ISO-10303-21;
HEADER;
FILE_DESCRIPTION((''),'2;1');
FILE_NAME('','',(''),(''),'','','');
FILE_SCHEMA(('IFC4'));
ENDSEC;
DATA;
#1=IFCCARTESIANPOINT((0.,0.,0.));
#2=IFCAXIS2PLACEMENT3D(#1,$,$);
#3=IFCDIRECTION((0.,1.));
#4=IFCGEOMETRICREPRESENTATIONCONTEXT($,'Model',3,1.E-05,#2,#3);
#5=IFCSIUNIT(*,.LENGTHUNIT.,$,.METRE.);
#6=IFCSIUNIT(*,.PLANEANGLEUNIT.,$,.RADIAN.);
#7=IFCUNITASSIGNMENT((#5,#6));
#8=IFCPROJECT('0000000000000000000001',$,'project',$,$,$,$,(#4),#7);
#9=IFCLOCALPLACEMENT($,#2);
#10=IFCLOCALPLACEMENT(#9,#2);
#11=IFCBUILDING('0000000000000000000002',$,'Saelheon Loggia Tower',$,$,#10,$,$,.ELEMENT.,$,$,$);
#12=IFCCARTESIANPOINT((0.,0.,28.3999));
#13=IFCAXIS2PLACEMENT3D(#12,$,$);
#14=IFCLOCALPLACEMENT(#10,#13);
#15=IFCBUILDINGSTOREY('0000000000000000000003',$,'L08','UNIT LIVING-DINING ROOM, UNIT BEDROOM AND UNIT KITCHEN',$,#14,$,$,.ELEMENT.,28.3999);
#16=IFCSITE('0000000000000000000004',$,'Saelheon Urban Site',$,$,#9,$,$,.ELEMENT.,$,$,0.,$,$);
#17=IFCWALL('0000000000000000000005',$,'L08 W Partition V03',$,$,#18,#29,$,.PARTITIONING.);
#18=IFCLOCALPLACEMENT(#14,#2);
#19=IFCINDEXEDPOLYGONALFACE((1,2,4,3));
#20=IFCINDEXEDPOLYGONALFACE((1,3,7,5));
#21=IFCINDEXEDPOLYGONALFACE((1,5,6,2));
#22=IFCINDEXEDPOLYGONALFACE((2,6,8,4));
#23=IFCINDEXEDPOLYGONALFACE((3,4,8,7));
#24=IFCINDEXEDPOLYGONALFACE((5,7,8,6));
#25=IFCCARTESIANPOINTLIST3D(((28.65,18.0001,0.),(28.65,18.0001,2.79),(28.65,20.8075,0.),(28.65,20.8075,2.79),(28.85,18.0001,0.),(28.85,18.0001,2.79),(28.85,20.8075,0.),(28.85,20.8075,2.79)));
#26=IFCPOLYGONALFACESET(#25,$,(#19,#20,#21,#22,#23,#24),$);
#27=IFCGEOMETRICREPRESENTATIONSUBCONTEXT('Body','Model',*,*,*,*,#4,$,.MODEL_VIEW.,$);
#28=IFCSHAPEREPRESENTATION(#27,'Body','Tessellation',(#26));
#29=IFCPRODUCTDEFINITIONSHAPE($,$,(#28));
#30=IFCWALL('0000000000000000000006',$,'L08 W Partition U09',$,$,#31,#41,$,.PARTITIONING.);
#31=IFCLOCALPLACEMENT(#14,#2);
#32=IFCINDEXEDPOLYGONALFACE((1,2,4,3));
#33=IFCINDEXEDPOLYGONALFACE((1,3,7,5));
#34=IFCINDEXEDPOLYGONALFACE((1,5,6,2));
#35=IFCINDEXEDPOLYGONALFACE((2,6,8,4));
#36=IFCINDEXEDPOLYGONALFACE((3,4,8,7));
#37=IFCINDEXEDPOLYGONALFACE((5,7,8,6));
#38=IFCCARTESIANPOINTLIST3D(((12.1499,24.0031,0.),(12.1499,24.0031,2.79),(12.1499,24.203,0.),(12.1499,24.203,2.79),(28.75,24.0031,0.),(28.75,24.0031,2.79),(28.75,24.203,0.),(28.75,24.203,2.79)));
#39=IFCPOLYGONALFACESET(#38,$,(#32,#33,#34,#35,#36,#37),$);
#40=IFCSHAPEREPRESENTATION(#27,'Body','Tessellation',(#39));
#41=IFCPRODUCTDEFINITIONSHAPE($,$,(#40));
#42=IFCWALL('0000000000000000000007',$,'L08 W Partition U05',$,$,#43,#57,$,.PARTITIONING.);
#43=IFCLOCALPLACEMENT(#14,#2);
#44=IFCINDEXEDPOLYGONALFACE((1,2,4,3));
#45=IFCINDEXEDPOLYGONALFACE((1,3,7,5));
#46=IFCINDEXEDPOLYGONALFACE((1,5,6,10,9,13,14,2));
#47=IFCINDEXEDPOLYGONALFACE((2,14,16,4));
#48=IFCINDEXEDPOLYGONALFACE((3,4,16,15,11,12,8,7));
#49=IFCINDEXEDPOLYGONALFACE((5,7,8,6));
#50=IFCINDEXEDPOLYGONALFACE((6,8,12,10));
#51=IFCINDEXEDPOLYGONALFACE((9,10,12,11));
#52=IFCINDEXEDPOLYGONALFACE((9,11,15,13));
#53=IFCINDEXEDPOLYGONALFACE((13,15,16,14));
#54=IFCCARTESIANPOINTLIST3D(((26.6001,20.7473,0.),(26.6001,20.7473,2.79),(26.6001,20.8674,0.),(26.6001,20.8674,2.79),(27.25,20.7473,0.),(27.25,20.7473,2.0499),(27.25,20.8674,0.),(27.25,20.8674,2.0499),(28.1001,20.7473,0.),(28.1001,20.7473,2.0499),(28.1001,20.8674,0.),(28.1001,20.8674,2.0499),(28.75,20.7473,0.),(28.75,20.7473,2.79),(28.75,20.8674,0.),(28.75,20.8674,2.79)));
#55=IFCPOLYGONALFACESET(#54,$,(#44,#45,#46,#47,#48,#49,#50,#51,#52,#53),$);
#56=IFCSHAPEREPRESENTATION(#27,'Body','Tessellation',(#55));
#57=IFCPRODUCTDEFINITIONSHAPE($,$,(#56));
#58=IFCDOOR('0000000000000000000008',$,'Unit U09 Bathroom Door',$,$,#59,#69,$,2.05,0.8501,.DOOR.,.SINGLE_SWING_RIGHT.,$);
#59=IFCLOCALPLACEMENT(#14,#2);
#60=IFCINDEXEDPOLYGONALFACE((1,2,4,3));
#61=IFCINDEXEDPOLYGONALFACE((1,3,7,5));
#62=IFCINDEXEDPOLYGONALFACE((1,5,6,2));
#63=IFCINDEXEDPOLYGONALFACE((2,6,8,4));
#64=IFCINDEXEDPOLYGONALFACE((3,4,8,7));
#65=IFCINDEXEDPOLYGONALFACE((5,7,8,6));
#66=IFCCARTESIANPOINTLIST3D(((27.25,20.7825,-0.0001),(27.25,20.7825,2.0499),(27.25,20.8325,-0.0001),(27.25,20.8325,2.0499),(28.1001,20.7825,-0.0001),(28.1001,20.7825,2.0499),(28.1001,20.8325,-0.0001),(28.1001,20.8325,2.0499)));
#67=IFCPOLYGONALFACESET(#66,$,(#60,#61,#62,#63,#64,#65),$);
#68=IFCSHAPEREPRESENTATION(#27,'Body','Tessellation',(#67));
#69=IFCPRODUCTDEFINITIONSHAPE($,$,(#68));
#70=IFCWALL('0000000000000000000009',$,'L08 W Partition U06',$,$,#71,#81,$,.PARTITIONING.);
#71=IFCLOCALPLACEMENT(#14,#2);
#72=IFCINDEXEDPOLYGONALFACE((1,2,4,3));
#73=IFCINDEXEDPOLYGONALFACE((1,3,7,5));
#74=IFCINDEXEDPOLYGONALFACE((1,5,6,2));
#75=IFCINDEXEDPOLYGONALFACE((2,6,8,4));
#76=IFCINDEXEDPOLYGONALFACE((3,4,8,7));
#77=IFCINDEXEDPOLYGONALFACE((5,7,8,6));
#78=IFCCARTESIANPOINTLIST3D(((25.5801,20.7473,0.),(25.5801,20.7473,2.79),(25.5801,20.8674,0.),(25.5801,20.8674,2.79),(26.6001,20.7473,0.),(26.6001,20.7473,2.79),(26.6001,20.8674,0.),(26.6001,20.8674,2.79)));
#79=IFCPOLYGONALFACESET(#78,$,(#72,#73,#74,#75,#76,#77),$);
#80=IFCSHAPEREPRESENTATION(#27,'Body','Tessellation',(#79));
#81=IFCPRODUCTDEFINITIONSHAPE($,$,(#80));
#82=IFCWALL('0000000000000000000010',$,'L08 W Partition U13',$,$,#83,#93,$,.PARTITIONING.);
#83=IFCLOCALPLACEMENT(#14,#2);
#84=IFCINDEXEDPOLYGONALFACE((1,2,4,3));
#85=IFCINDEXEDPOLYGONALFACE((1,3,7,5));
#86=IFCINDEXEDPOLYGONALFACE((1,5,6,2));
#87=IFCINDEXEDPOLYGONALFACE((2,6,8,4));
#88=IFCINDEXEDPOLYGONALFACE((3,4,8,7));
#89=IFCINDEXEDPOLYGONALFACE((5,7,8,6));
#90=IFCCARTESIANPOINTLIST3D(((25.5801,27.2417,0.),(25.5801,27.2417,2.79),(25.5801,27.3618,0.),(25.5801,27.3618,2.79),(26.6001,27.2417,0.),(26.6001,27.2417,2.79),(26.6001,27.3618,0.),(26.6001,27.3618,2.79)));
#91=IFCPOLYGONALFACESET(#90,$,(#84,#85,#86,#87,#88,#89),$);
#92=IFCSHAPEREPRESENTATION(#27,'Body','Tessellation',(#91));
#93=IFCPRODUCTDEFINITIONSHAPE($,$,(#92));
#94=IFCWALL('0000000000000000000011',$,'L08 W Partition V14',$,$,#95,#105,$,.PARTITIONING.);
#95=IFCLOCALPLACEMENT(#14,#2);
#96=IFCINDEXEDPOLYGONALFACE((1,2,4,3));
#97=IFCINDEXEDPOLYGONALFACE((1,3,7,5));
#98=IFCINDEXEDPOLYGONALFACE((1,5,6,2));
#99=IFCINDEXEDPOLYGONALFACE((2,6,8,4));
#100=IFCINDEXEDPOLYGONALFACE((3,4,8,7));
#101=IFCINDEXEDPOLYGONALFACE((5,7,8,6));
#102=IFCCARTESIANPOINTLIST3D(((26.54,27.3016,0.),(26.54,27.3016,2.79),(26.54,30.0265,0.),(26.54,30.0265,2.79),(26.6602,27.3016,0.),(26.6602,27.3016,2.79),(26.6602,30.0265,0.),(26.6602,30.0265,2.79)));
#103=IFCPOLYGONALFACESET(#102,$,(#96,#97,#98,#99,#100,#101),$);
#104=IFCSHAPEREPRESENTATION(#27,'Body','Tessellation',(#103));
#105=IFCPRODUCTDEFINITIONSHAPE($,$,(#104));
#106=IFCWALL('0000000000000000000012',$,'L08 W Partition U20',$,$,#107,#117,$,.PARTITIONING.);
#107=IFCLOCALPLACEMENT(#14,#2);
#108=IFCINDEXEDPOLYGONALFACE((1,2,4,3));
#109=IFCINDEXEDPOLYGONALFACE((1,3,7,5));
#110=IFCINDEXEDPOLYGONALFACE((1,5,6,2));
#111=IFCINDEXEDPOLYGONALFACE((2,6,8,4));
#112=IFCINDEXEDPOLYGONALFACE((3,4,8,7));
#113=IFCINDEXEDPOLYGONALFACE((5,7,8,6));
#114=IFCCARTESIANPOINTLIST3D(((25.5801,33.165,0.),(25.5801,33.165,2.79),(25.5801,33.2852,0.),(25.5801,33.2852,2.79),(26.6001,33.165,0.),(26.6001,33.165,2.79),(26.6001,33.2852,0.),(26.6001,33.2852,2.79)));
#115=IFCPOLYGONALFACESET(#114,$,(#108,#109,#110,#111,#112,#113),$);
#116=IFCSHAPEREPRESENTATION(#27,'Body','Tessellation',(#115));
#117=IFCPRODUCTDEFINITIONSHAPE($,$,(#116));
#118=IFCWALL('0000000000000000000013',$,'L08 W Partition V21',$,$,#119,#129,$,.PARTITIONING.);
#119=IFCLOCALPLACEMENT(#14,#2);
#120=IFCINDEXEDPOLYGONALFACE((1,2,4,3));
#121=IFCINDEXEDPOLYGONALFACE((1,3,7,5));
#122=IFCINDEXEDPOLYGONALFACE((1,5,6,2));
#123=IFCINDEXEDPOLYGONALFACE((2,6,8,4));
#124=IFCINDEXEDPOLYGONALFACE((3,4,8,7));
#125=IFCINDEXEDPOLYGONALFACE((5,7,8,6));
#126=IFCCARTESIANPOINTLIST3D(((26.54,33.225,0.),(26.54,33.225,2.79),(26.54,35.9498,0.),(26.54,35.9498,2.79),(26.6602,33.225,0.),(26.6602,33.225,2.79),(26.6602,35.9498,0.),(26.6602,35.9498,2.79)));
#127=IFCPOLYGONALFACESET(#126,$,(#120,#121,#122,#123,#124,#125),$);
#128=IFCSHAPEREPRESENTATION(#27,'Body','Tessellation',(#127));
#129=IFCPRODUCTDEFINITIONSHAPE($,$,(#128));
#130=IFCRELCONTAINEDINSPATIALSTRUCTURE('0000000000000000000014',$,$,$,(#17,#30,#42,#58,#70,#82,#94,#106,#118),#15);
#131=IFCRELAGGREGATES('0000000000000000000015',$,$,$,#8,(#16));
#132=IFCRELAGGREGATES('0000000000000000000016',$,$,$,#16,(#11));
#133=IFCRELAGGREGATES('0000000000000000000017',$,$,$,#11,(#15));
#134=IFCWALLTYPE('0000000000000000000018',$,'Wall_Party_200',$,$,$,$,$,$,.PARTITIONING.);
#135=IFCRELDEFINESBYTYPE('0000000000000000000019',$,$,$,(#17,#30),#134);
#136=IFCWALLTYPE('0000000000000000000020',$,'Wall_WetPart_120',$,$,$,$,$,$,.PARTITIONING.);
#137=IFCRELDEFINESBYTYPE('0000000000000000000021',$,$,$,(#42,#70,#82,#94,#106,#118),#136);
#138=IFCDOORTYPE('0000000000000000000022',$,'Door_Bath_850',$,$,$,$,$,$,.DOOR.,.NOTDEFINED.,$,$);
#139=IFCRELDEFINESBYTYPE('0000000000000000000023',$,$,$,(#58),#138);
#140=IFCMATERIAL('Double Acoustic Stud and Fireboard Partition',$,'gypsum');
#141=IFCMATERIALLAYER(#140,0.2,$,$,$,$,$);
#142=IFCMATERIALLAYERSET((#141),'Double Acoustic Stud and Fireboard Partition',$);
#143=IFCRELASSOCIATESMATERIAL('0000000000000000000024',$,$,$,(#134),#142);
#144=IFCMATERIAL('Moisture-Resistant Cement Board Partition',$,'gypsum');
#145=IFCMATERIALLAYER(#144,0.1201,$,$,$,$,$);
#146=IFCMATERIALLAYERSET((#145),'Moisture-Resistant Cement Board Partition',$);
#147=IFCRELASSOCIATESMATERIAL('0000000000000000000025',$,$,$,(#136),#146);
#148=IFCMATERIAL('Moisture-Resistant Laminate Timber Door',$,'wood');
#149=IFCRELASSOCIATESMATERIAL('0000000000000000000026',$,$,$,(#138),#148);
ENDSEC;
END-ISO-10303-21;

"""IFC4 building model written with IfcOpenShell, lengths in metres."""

from ifc_helpers import new_model, si_unit, direction, frame, frame_2d, origin, place, context, subcontext, project, spatial, rectangle, extrude, source, transform, mapped, material, layer, layer_set, type_object, element, fill, save


model = new_model("IFC4")

# Units and contexts
model_context = context("Model", 3, precision=1e-05, world=origin(), true_north=direction((0.0, 1.0)))
body_context = subcontext(model_context, "Body", "Model", "MODEL_VIEW")
ifc_project = project(units=[si_unit("LENGTHUNIT", "METRE"), si_unit("PLANEANGLEUNIT", "RADIAN")], contexts=[model_context])

# Site, building, storey
site_placement = place(None, origin())
site = spatial("IfcSite", under=ifc_project, at=site_placement, Name="Saelheon Urban Site", CompositionType="ELEMENT", RefElevation=0.0)
building_placement = place(site_placement, origin())
building = spatial("IfcBuilding", under=site, at=building_placement, Name="Saelheon Loggia Tower", CompositionType="ELEMENT")
storey_placement = place(building_placement, frame((0.0, 0.0, 28.3999)))
storey = spatial("IfcBuildingStorey", under=building, at=storey_placement, Name="L08", Description="UNIT LIVING-DINING ROOM, UNIT BEDROOM AND UNIT KITCHEN", CompositionType="ELEMENT", Elevation=28.3999)

# Wall
ifc_material_1 = material(Name="Double Acoustic Stud and Fireboard Partition", Category="gypsum")
ifc_layer_1 = layer(ifc_material_1, 0.2)
ifc_layer_set_1 = layer_set([ifc_layer_1], Name="Double Acoustic Stud and Fireboard Partition")
wall_type_1 = type_object("IfcWallType", Name="Wall_Party_200", PredefinedType="PARTITIONING", material=ifc_layer_set_1)
wall_1_placement = place(storey_placement, frame((28.75, 18.0, 0.0), z_axis=(0.0, 0.0, 1.0), x_axis=(0.0, 1.0, 0.0)))
element("IfcWall", 1, at=wall_1_placement, inside=storey, type_object=wall_type_1, Name="L08 W Partition V03", PredefinedType="PARTITIONING", context=body_context, shape_type="SweptSolid", body=[
    extrude(rectangle(XDim=2.8074, YDim=0.2, at=frame_2d((1.4038, 0.0))), origin(), (0.0, 0.0, 1.0), 2.79),
])

# Wall
wall_2_placement = place(storey_placement, frame((28.75, 24.103, 0.0), z_axis=(0.0, 0.0, 1.0), x_axis=(-1.0, 0.0, 0.0)))
element("IfcWall", 2, at=wall_2_placement, inside=storey, type_object=wall_type_1, Name="L08 W Partition U09", PredefinedType="PARTITIONING", context=body_context, shape_type="SweptSolid", body=[
    extrude(rectangle(XDim=16.6001, YDim=0.2, at=frame_2d((8.3, 0.0))), origin(), (0.0, 0.0, 1.0), 2.79),
])

# Wall, opening, door
ifc_material_2 = material(Name="Moisture-Resistant Cement Board Partition", Category="gypsum")
ifc_layer_2 = layer(ifc_material_2, 0.1201)
ifc_layer_set_2 = layer_set([ifc_layer_2], Name="Moisture-Resistant Cement Board Partition")
wall_type_2 = type_object("IfcWallType", Name="Wall_WetPart_120", PredefinedType="PARTITIONING", material=ifc_layer_set_2)
wall_3_placement = place(storey_placement, frame((28.75, 20.8074, 0.0), z_axis=(0.0, 0.0, 1.0), x_axis=(-1.0, 0.0, 0.0)))
wall_3 = element("IfcWall", 3, at=wall_3_placement, inside=storey, type_object=wall_type_2, Name="L08 W Partition U05", PredefinedType="PARTITIONING", context=body_context, shape_type="SweptSolid", body=[
    extrude(rectangle(XDim=2.1499, YDim=0.1201, at=frame_2d((1.075, 0.0))), origin(), (0.0, 0.0, 1.0), 2.79),
])
opening_1_placement = place(wall_3_placement, frame((0.6499, 0.0, 0.0)))
opening_1 = element("IfcOpeningElement", 4, at=opening_1_placement, cuts=wall_3, PredefinedType="OPENING", context=body_context, shape_type="SweptSolid", body=[
    extrude(rectangle(XDim=0.8501, YDim=2.05, at=frame_2d((0.425, 1.0249))), frame((0.0, 0.072, 0.0), z_axis=(0.0, -1.0, 0.0), x_axis=(1.0, 0.0, 0.0)), (0.0, 0.0, 1.0), 0.144),
])
ifc_material_3 = material(Name="Moisture-Resistant Laminate Timber Door", Category="wood")
door_type_1 = type_object("IfcDoorType", Name="Door_Bath_850", OperationType="NOTDEFINED", PredefinedType="DOOR", material=ifc_material_3)
shared_shape_1 = source(origin(), body_context, "Body", "SweptSolid", [
    extrude(rectangle(XDim=0.8501, YDim=2.05, at=frame_2d((0.425, 1.0249))), frame((0.0, 0.0249, 0.0), z_axis=(0.0, -1.0, 0.0), x_axis=(1.0, 0.0, 0.0)), (0.0, 0.0, 1.0), 0.05),
])
door_1_placement = place(opening_1_placement, origin())
door_1 = element("IfcDoor", 5, at=door_1_placement, inside=storey, type_object=door_type_1, Name="Unit U09 Bathroom Door", OperationType="SINGLE_SWING_RIGHT", OverallHeight=2.05, OverallWidth=0.8501, PredefinedType="DOOR", context=body_context, shape_type="MappedRepresentation", body=[
    mapped(shared_shape_1, transform((0.0, 0.0, 0.0), scale=1.0)),
])
fill(opening_1, door_1)

# Walls
for number, where, z_axis, x_axis, name in (
    (6, (26.6001, 20.8074, 0.0), (0.0, 0.0, 1.0), (-1.0, 0.0, 0.0), "L08 W Partition U06"),
    (7, (26.6001, 27.3018, 0.0), (0.0, 0.0, 1.0), (-1.0, 0.0, 0.0), "L08 W Partition U13"),
):
    element("IfcWall", number, at=place(storey_placement, frame(where, z_axis=z_axis, x_axis=x_axis)), inside=storey, type_object=wall_type_2, Name=name, PredefinedType="PARTITIONING", context=body_context, shape_type="SweptSolid", body=[
        extrude(rectangle(XDim=1.02, YDim=0.1201, at=frame_2d((0.51, 0.0))), origin(), (0.0, 0.0, 1.0), 2.79),
    ])
wall_4_placement = place(storey_placement, frame((26.6001, 27.3018, 0.0), z_axis=(0.0, 0.0, 1.0), x_axis=(0.0, 1.0, 0.0)))
element("IfcWall", 8, at=wall_4_placement, inside=storey, type_object=wall_type_2, Name="L08 W Partition V14", PredefinedType="PARTITIONING", context=body_context, shape_type="SweptSolid", body=[
    extrude(rectangle(XDim=2.7249, YDim=0.1201, at=frame_2d((1.3623, 0.0))), origin(), (0.0, 0.0, 1.0), 2.79),
])
wall_5_placement = place(storey_placement, frame((26.6001, 33.2251, 0.0), z_axis=(0.0, 0.0, 1.0), x_axis=(-1.0, 0.0, 0.0)))
element("IfcWall", 9, at=wall_5_placement, inside=storey, type_object=wall_type_2, Name="L08 W Partition U20", PredefinedType="PARTITIONING", context=body_context, shape_type="SweptSolid", body=[
    extrude(rectangle(XDim=1.02, YDim=0.1201, at=frame_2d((0.51, 0.0))), origin(), (0.0, 0.0, 1.0), 2.79),
])
wall_6_placement = place(storey_placement, frame((26.6001, 33.2251, 0.0), z_axis=(0.0, 0.0, 1.0), x_axis=(0.0, 1.0, 0.0)))
element("IfcWall", 10, at=wall_6_placement, inside=storey, type_object=wall_type_2, Name="L08 W Partition V21", PredefinedType="PARTITIONING", context=body_context, shape_type="SweptSolid", body=[
    extrude(rectangle(XDim=2.7249, YDim=0.1201, at=frame_2d((1.3623, 0.0))), origin(), (0.0, 0.0, 1.0), 2.79),
])

save(model, "model.ifc")
